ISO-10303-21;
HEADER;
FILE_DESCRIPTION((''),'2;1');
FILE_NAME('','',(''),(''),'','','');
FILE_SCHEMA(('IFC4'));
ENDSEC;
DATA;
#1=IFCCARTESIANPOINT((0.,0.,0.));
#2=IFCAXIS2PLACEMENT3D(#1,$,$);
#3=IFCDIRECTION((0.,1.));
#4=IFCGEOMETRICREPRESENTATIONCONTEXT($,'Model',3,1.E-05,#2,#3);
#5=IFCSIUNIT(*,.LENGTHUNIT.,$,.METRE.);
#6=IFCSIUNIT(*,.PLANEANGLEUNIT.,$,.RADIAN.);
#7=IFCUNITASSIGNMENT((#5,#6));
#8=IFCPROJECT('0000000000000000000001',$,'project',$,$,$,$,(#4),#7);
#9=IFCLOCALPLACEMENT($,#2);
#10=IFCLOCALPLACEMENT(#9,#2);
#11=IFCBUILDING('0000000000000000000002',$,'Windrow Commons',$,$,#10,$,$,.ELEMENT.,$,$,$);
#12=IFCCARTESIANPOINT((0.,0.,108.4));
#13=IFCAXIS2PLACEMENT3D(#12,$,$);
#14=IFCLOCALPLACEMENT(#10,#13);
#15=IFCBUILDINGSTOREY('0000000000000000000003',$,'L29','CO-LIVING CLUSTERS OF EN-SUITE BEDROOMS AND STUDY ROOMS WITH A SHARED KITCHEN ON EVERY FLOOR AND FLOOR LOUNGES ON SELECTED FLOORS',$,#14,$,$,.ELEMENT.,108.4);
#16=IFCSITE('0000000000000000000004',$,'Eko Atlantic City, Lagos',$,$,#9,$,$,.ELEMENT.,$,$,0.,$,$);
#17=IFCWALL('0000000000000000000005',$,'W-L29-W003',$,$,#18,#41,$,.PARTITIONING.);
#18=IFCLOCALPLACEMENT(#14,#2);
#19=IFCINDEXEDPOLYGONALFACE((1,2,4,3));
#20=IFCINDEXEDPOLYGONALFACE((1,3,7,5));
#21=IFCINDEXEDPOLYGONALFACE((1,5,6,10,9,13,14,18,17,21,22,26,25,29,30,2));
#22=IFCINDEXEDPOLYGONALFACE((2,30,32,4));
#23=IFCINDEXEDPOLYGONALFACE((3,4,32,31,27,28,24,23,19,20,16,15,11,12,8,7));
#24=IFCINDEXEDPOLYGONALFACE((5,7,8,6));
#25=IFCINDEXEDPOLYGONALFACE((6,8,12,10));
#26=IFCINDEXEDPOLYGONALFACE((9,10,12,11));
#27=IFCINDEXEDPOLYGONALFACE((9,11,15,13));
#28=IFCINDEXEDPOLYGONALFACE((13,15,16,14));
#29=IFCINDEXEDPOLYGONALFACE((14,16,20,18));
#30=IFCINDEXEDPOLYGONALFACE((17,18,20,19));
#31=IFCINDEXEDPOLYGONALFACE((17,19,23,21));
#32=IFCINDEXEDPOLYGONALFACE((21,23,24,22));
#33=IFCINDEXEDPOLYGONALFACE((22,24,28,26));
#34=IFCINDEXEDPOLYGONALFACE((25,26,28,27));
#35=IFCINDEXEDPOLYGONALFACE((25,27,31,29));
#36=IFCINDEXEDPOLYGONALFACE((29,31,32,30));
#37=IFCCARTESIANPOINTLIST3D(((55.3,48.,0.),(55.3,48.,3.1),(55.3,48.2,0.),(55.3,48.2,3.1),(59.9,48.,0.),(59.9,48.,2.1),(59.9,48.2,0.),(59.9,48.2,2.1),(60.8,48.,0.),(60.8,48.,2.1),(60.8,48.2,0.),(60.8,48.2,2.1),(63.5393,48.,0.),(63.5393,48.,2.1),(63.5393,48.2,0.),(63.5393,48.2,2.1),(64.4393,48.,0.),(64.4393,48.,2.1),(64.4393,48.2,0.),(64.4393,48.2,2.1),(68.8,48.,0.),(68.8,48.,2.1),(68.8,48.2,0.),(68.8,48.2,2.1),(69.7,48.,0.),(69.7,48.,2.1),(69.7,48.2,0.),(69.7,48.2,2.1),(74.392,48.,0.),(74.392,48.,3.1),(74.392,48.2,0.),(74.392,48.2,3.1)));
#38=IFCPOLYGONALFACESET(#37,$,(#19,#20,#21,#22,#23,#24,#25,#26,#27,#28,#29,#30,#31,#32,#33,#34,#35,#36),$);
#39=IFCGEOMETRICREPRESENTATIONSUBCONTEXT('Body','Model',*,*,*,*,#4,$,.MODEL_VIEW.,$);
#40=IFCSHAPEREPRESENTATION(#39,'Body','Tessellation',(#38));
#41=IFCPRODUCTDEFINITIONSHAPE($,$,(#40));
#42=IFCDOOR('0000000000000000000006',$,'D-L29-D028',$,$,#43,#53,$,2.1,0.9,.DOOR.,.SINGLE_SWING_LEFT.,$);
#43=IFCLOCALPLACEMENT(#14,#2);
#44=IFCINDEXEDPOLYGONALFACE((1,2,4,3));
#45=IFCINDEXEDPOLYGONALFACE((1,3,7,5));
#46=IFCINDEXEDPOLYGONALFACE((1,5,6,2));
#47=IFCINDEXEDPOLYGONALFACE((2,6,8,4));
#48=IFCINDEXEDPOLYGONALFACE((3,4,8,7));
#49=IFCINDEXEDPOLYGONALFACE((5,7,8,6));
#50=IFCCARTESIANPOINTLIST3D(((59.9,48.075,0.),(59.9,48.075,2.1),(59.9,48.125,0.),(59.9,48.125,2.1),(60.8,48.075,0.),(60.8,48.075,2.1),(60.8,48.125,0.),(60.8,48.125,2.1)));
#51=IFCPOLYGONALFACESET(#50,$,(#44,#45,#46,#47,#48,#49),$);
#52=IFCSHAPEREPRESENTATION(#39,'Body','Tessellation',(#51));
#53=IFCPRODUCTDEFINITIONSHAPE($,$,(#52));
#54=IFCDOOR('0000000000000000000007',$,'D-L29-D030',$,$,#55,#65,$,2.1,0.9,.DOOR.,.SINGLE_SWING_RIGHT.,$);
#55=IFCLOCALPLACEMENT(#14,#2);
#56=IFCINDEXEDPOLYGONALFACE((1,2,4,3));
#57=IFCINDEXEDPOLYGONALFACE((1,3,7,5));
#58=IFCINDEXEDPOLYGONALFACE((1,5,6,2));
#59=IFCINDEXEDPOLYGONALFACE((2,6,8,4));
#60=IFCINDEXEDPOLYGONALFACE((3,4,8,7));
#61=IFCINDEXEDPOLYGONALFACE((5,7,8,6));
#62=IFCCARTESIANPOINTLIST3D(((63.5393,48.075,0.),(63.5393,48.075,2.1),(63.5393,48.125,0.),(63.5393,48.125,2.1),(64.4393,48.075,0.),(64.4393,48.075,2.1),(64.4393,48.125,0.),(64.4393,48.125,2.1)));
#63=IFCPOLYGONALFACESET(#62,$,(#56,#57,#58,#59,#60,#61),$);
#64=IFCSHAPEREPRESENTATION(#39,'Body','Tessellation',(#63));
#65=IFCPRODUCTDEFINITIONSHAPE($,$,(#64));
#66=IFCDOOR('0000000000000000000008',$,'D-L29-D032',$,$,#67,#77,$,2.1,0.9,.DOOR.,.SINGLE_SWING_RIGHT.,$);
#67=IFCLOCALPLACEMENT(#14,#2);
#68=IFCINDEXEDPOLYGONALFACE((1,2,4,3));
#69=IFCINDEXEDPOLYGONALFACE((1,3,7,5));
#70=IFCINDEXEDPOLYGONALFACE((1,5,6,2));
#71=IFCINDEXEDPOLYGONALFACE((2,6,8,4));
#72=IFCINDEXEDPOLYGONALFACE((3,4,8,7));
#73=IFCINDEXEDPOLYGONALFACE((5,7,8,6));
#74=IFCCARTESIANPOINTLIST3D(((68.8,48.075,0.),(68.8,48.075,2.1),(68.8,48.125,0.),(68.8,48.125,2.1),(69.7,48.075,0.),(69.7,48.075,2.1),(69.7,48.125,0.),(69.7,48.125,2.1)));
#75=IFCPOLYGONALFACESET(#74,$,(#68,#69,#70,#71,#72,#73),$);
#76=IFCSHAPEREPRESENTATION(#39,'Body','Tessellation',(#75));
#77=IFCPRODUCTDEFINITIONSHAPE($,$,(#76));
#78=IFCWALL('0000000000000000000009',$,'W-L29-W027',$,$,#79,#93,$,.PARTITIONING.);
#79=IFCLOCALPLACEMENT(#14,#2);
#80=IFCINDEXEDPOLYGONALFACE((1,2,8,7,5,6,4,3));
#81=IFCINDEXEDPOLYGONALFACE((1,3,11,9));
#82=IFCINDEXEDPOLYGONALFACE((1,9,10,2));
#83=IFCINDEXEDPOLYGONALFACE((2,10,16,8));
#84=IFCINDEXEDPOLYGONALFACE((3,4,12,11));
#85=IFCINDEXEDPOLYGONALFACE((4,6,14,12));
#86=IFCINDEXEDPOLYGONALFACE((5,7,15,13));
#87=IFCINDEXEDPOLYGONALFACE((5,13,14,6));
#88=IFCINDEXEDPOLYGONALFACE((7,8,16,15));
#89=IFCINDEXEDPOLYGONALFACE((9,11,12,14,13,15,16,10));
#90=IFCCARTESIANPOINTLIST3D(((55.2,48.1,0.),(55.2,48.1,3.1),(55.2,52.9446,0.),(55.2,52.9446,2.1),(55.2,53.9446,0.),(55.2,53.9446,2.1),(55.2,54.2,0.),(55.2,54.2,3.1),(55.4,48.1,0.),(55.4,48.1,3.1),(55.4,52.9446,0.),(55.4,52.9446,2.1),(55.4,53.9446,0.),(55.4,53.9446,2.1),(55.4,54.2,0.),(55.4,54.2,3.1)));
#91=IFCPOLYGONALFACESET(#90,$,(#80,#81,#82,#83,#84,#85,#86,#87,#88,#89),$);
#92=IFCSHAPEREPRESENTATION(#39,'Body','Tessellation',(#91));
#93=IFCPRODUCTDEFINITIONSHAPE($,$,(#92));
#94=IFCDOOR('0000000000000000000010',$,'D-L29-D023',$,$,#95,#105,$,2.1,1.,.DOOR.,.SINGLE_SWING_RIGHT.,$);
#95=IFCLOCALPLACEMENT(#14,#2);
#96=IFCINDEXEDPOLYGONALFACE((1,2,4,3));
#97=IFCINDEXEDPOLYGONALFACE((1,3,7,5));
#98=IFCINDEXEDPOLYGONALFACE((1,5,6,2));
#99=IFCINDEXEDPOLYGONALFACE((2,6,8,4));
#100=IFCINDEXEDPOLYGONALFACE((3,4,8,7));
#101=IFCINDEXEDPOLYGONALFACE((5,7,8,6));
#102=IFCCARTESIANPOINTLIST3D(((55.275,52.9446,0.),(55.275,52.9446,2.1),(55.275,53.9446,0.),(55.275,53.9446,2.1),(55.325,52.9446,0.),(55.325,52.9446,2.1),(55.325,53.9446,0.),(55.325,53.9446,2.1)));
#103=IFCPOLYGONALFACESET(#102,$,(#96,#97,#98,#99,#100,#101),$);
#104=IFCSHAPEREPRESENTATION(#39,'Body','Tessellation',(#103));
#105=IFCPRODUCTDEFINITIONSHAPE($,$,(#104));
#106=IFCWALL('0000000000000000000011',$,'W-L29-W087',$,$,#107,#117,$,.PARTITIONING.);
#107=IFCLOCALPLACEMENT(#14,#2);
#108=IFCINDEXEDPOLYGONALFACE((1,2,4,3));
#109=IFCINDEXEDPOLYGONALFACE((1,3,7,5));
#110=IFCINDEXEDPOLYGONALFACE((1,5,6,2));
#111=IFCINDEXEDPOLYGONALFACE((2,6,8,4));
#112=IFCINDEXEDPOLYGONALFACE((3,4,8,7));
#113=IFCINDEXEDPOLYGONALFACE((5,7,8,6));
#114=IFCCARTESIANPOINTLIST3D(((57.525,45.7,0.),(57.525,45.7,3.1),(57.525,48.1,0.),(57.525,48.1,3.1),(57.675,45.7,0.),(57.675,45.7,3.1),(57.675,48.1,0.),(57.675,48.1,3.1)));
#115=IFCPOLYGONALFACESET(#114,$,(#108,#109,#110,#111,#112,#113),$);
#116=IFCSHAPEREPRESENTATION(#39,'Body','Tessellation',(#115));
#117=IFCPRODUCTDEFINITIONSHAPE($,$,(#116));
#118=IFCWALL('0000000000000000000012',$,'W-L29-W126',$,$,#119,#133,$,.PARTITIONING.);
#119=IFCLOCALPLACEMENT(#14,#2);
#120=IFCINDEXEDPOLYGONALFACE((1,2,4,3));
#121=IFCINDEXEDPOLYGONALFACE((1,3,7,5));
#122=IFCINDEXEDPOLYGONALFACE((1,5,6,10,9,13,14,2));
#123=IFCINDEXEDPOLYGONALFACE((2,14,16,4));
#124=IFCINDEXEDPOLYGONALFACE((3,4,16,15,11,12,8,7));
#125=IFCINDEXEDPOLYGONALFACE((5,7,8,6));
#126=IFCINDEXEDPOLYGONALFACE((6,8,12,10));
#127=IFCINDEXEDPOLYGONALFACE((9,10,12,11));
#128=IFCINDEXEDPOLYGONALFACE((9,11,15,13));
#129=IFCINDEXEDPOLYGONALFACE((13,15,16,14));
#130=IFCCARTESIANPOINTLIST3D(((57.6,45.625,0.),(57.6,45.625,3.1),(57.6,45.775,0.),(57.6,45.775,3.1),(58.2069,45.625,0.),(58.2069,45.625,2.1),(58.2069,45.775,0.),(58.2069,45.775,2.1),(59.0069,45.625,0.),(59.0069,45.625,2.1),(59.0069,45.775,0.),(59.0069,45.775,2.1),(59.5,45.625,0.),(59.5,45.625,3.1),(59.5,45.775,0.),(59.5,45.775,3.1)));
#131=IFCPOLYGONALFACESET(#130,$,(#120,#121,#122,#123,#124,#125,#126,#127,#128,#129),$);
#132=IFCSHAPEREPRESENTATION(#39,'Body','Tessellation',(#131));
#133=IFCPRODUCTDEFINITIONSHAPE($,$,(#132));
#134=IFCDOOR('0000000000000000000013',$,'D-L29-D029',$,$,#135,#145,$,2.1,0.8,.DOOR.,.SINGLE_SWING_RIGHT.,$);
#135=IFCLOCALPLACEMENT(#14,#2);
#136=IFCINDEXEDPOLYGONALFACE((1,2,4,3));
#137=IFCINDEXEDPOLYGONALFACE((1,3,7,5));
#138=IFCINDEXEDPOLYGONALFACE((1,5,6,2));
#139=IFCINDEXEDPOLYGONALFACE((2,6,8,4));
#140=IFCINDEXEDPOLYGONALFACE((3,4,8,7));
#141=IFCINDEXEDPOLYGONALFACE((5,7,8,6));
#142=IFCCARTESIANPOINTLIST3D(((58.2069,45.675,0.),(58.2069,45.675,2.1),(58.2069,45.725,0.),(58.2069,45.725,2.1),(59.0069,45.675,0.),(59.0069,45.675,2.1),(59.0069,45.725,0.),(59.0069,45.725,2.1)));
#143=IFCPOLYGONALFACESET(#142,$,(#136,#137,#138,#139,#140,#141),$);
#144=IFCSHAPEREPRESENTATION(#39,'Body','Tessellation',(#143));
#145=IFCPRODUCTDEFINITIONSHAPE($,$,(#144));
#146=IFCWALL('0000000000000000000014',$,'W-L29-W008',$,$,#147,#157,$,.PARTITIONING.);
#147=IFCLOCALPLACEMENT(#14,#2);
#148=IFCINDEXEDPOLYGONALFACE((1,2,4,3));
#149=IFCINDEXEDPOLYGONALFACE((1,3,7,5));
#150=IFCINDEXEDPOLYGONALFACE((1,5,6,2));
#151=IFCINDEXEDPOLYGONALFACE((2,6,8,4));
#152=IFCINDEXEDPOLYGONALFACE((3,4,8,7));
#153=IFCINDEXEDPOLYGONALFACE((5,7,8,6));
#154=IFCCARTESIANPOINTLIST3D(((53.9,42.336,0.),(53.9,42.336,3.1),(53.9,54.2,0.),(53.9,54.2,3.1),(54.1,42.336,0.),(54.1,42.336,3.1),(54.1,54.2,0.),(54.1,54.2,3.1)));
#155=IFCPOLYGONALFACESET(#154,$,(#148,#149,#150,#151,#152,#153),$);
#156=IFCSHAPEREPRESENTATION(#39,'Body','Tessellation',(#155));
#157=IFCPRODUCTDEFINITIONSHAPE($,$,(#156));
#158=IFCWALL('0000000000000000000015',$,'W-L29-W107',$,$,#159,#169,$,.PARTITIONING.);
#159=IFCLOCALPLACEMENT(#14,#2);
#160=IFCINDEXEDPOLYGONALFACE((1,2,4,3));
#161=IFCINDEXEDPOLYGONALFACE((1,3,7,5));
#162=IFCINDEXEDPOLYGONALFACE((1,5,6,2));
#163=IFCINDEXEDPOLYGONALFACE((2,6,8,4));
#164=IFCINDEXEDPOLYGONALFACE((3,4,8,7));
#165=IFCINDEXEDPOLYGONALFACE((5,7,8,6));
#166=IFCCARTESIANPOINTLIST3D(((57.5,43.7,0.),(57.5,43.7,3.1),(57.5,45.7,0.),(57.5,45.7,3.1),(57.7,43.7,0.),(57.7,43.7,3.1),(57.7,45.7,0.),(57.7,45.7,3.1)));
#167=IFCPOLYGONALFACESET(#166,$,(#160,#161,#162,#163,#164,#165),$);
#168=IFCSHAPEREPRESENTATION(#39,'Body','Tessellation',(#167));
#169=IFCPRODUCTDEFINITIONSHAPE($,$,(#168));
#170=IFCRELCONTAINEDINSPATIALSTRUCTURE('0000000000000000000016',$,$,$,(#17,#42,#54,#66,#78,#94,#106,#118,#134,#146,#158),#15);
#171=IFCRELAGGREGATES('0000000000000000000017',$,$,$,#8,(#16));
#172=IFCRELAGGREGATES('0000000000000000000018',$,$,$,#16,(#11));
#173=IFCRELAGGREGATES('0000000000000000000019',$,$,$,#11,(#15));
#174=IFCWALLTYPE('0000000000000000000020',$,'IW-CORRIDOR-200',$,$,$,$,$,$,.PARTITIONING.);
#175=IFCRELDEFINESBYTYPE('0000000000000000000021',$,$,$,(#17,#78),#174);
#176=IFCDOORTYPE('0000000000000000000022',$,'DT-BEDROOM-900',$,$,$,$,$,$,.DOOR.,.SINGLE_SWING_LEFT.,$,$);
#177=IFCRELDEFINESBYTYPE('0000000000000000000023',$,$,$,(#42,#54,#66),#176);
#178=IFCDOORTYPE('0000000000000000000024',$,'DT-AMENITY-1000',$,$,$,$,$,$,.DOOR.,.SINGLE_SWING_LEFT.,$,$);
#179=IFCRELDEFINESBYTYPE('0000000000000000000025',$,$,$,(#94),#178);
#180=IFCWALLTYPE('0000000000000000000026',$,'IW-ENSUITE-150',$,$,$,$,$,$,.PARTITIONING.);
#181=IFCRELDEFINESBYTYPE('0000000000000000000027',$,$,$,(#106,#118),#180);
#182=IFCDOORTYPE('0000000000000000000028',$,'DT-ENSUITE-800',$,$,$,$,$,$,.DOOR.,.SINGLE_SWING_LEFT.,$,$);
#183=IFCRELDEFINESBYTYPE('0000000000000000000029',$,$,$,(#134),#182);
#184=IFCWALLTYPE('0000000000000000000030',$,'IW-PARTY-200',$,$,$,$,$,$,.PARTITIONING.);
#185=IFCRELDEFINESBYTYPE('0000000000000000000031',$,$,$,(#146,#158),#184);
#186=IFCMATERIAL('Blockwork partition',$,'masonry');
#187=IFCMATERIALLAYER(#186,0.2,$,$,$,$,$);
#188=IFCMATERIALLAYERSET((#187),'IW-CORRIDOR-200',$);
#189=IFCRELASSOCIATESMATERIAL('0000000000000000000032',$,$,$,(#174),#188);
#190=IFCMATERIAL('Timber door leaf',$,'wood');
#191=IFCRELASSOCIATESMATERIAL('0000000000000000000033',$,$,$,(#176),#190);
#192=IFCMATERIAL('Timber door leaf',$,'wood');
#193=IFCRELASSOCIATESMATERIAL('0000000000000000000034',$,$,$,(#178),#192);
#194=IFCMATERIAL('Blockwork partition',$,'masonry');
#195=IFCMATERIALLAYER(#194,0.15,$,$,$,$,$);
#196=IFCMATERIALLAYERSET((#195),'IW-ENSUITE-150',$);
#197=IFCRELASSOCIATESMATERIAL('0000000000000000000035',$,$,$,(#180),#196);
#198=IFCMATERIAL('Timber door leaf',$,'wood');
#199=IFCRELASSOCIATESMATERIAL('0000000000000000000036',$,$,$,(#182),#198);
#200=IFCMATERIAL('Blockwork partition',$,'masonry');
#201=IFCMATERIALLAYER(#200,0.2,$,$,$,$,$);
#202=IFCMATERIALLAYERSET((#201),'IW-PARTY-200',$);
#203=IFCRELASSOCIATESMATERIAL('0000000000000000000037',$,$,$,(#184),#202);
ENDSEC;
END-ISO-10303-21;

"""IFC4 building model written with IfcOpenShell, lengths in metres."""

from ifc_helpers import new_model, si_unit, direction, frame, frame_2d, origin, place, context, subcontext, project, spatial, rectangle, extrude, material, layer, layer_set, type_object, element, fill, save


model = new_model("IFC4")

# Units and contexts
model_context = context("Model", 3, precision=1e-05, world=origin(), true_north=direction((0.0, 1.0)))
body_context = subcontext(model_context, "Body", "Model", "MODEL_VIEW")
ifc_project = project(units=[si_unit("LENGTHUNIT", "METRE"), si_unit("PLANEANGLEUNIT", "RADIAN")], contexts=[model_context])

# Site, building, storey
site_placement = place(None, origin())
site = spatial("IfcSite", under=ifc_project, at=site_placement, Name="Eko Atlantic City, Lagos", CompositionType="ELEMENT", RefElevation=0.0)
building_placement = place(site_placement, origin())
building = spatial("IfcBuilding", under=site, at=building_placement, Name="Windrow Commons", CompositionType="ELEMENT")
storey_placement = place(building_placement, frame((0.0, 0.0, 108.4)))
storey = spatial("IfcBuildingStorey", under=building, at=storey_placement, Name="L29", Description="CO-LIVING CLUSTERS OF EN-SUITE BEDROOMS AND STUDY ROOMS WITH A SHARED KITCHEN ON EVERY FLOOR AND FLOOR LOUNGES ON SELECTED FLOORS", CompositionType="ELEMENT", Elevation=108.4)

# Wall, openings, doors
ifc_material_1 = material(Name="Blockwork partition", Category="masonry")
ifc_layer_1 = layer(ifc_material_1, 0.2)
ifc_layer_set_1 = layer_set([ifc_layer_1], Name="IW-CORRIDOR-200")
wall_type_1 = type_object("IfcWallType", Name="IW-CORRIDOR-200", PredefinedType="PARTITIONING", material=ifc_layer_set_1)
wall_1_placement = place(storey_placement, frame((55.3, 48.1, 0.0), z_axis=(0.0, 0.0, 1.0), x_axis=(1.0, 0.0, 0.0)))
wall_1 = element("IfcWall", 1, at=wall_1_placement, inside=storey, type_object=wall_type_1, Name="W-L29-W003", PredefinedType="PARTITIONING", context=body_context, shape_type="SweptSolid", body=[
    extrude(rectangle(XDim=19.092, YDim=0.2, at=frame_2d((9.546, 0.0))), origin(), (0.0, 0.0, 1.0), 3.1),
])
opening_1_placement = place(wall_1_placement, frame((4.6, 0.0, 0.0)))
opening_1 = element("IfcOpeningElement", 2, at=opening_1_placement, cuts=wall_1, PredefinedType="OPENING", context=body_context, shape_type="SweptSolid", body=[
    extrude(rectangle(XDim=0.9, YDim=2.1, at=frame_2d((0.45, 1.05))), frame((0.0, 0.11, 0.0), z_axis=(0.0, -1.0, 0.0), x_axis=(1.0, 0.0, 0.0)), (0.0, 0.0, 1.0), 0.22),
])
opening_2_placement = place(wall_1_placement, frame((8.2393, 0.0, 0.0)))
opening_2 = element("IfcOpeningElement", 3, at=opening_2_placement, cuts=wall_1, PredefinedType="OPENING", context=body_context, shape_type="SweptSolid", body=[
    extrude(rectangle(XDim=0.9, YDim=2.1, at=frame_2d((0.45, 1.05))), frame((0.0, 0.11, 0.0), z_axis=(0.0, -1.0, 0.0), x_axis=(1.0, 0.0, 0.0)), (0.0, 0.0, 1.0), 0.22),
])
opening_3_placement = place(wall_1_placement, frame((13.5, 0.0, 0.0)))
opening_3 = element("IfcOpeningElement", 4, at=opening_3_placement, cuts=wall_1, PredefinedType="OPENING", context=body_context, shape_type="SweptSolid", body=[
    extrude(rectangle(XDim=0.9, YDim=2.1, at=frame_2d((0.45, 1.05))), frame((0.0, 0.11, 0.0), z_axis=(0.0, -1.0, 0.0), x_axis=(1.0, 0.0, 0.0)), (0.0, 0.0, 1.0), 0.22),
])
ifc_material_2 = material(Name="Timber door leaf", Category="wood")
door_type_1 = type_object("IfcDoorType", Name="DT-BEDROOM-900", OperationType="SINGLE_SWING_LEFT", PredefinedType="DOOR", material=ifc_material_2)
door_1_placement = place(opening_1_placement, origin())
door_1 = element("IfcDoor", 5, at=door_1_placement, inside=storey, type_object=door_type_1, Name="D-L29-D028", OperationType="SINGLE_SWING_LEFT", OverallHeight=2.1, OverallWidth=0.9, PredefinedType="DOOR", context=body_context, shape_type="SweptSolid", body=[
    extrude(rectangle(XDim=0.9, YDim=2.1, at=frame_2d((0.45, 1.05))), frame((0.0, 0.025, 0.0), z_axis=(0.0, -1.0, 0.0), x_axis=(1.0, 0.0, 0.0)), (0.0, 0.0, 1.0), 0.05),
])
fill(opening_1, door_1)
door_2_placement = place(opening_2_placement, origin())
door_2 = element("IfcDoor", 6, at=door_2_placement, inside=storey, type_object=door_type_1, Name="D-L29-D030", OperationType="SINGLE_SWING_RIGHT", OverallHeight=2.1, OverallWidth=0.9, PredefinedType="DOOR", context=body_context, shape_type="SweptSolid", body=[
    extrude(rectangle(XDim=0.9, YDim=2.1, at=frame_2d((0.45, 1.05))), frame((0.0, 0.025, 0.0), z_axis=(0.0, -1.0, 0.0), x_axis=(1.0, 0.0, 0.0)), (0.0, 0.0, 1.0), 0.05),
])
fill(opening_2, door_2)
door_3_placement = place(opening_3_placement, origin())
door_3 = element("IfcDoor", 7, at=door_3_placement, inside=storey, type_object=door_type_1, Name="D-L29-D032", OperationType="SINGLE_SWING_RIGHT", OverallHeight=2.1, OverallWidth=0.9, PredefinedType="DOOR", context=body_context, shape_type="SweptSolid", body=[
    extrude(rectangle(XDim=0.9, YDim=2.1, at=frame_2d((0.45, 1.05))), frame((0.0, 0.025, 0.0), z_axis=(0.0, -1.0, 0.0), x_axis=(1.0, 0.0, 0.0)), (0.0, 0.0, 1.0), 0.05),
])
fill(opening_3, door_3)

# Wall, opening, door
wall_2_placement = place(storey_placement, frame((55.3, 48.1, 0.0), z_axis=(0.0, 0.0, 1.0), x_axis=(0.0, 1.0, 0.0)))
wall_2 = element("IfcWall", 8, at=wall_2_placement, inside=storey, type_object=wall_type_1, Name="W-L29-W027", PredefinedType="PARTITIONING", context=body_context, shape_type="SweptSolid", body=[
    extrude(rectangle(XDim=6.1, YDim=0.2, at=frame_2d((3.05, 0.0))), origin(), (0.0, 0.0, 1.0), 3.1),
])
opening_4_placement = place(wall_2_placement, frame((4.8446, 0.0, 0.0)))
opening_4 = element("IfcOpeningElement", 9, at=opening_4_placement, cuts=wall_2, PredefinedType="OPENING", context=body_context, shape_type="SweptSolid", body=[
    extrude(rectangle(XDim=1.0, YDim=2.1, at=frame_2d((0.5, 1.05))), frame((0.0, 0.11, 0.0), z_axis=(0.0, -1.0, 0.0), x_axis=(1.0, 0.0, 0.0)), (0.0, 0.0, 1.0), 0.22),
])
ifc_material_3 = material(Name="Timber door leaf", Category="wood")
door_type_2 = type_object("IfcDoorType", Name="DT-AMENITY-1000", OperationType="SINGLE_SWING_LEFT", PredefinedType="DOOR", material=ifc_material_3)
door_4_placement = place(opening_4_placement, origin())
door_4 = element("IfcDoor", 10, at=door_4_placement, inside=storey, type_object=door_type_2, Name="D-L29-D023", OperationType="SINGLE_SWING_RIGHT", OverallHeight=2.1, OverallWidth=1.0, PredefinedType="DOOR", context=body_context, shape_type="SweptSolid", body=[
    extrude(rectangle(XDim=1.0, YDim=2.1, at=frame_2d((0.5, 1.05))), frame((0.0, 0.025, 0.0), z_axis=(0.0, -1.0, 0.0), x_axis=(1.0, 0.0, 0.0)), (0.0, 0.0, 1.0), 0.05),
])
fill(opening_4, door_4)

# Wall
ifc_material_4 = material(Name="Blockwork partition", Category="masonry")
ifc_layer_2 = layer(ifc_material_4, 0.15)
ifc_layer_set_2 = layer_set([ifc_layer_2], Name="IW-ENSUITE-150")
wall_type_2 = type_object("IfcWallType", Name="IW-ENSUITE-150", PredefinedType="PARTITIONING", material=ifc_layer_set_2)
wall_3_placement = place(storey_placement, frame((57.6, 45.7, 0.0), z_axis=(0.0, 0.0, 1.0), x_axis=(0.0, 1.0, 0.0)))
element("IfcWall", 11, at=wall_3_placement, inside=storey, type_object=wall_type_2, Name="W-L29-W087", PredefinedType="PARTITIONING", context=body_context, shape_type="SweptSolid", body=[
    extrude(rectangle(XDim=2.4, YDim=0.15, at=frame_2d((1.2, 0.0))), origin(), (0.0, 0.0, 1.0), 3.1),
])

# Wall, opening, door
wall_4_placement = place(storey_placement, frame((57.6, 45.7, 0.0), z_axis=(0.0, 0.0, 1.0), x_axis=(1.0, 0.0, 0.0)))
wall_4 = element("IfcWall", 12, at=wall_4_placement, inside=storey, type_object=wall_type_2, Name="W-L29-W126", PredefinedType="PARTITIONING", context=body_context, shape_type="SweptSolid", body=[
    extrude(rectangle(XDim=1.9, YDim=0.15, at=frame_2d((0.95, 0.0))), origin(), (0.0, 0.0, 1.0), 3.1),
])
opening_5_placement = place(wall_4_placement, frame((0.6069, 0.0, 0.0)))
opening_5 = element("IfcOpeningElement", 13, at=opening_5_placement, cuts=wall_4, PredefinedType="OPENING", context=body_context, shape_type="SweptSolid", body=[
    extrude(rectangle(XDim=0.8, YDim=2.1, at=frame_2d((0.4, 1.05))), frame((0.0, 0.085, 0.0), z_axis=(0.0, -1.0, 0.0), x_axis=(1.0, 0.0, 0.0)), (0.0, 0.0, 1.0), 0.17),
])
ifc_material_5 = material(Name="Timber door leaf", Category="wood")
door_type_3 = type_object("IfcDoorType", Name="DT-ENSUITE-800", OperationType="SINGLE_SWING_LEFT", PredefinedType="DOOR", material=ifc_material_5)
door_5_placement = place(opening_5_placement, origin())
door_5 = element("IfcDoor", 14, at=door_5_placement, inside=storey, type_object=door_type_3, Name="D-L29-D029", OperationType="SINGLE_SWING_RIGHT", OverallHeight=2.1, OverallWidth=0.8, PredefinedType="DOOR", context=body_context, shape_type="SweptSolid", body=[
    extrude(rectangle(XDim=0.8, YDim=2.1, at=frame_2d((0.4, 1.05))), frame((0.0, 0.025, 0.0), z_axis=(0.0, -1.0, 0.0), x_axis=(1.0, 0.0, 0.0)), (0.0, 0.0, 1.0), 0.05),
])
fill(opening_5, door_5)

# Walls
ifc_material_6 = material(Name="Blockwork partition", Category="masonry")
ifc_layer_3 = layer(ifc_material_6, 0.2)
ifc_layer_set_3 = layer_set([ifc_layer_3], Name="IW-PARTY-200")
wall_type_3 = type_object("IfcWallType", Name="IW-PARTY-200", PredefinedType="PARTITIONING", material=ifc_layer_set_3)
wall_5_placement = place(storey_placement, frame((54.0, 42.3361, 0.0), z_axis=(0.0, 0.0, 1.0), x_axis=(0.0, 1.0, 0.0)))
element("IfcWall", 15, at=wall_5_placement, inside=storey, type_object=wall_type_3, Name="W-L29-W008", PredefinedType="PARTITIONING", context=body_context, shape_type="SweptSolid", body=[
    extrude(rectangle(XDim=11.8639, YDim=0.2, at=frame_2d((5.9319, 0.0))), origin(), (0.0, 0.0, 1.0), 3.1),
])
wall_6_placement = place(storey_placement, frame((57.6, 43.7, 0.0), z_axis=(0.0, 0.0, 1.0), x_axis=(0.0, 1.0, 0.0)))
element("IfcWall", 16, at=wall_6_placement, inside=storey, type_object=wall_type_3, Name="W-L29-W107", PredefinedType="PARTITIONING", context=body_context, shape_type="SweptSolid", body=[
    extrude(rectangle(XDim=2.0, YDim=0.2, at=frame_2d((1.0, 0.0))), origin(), (0.0, 0.0, 1.0), 3.1),
])

save(model, "model.ifc")
